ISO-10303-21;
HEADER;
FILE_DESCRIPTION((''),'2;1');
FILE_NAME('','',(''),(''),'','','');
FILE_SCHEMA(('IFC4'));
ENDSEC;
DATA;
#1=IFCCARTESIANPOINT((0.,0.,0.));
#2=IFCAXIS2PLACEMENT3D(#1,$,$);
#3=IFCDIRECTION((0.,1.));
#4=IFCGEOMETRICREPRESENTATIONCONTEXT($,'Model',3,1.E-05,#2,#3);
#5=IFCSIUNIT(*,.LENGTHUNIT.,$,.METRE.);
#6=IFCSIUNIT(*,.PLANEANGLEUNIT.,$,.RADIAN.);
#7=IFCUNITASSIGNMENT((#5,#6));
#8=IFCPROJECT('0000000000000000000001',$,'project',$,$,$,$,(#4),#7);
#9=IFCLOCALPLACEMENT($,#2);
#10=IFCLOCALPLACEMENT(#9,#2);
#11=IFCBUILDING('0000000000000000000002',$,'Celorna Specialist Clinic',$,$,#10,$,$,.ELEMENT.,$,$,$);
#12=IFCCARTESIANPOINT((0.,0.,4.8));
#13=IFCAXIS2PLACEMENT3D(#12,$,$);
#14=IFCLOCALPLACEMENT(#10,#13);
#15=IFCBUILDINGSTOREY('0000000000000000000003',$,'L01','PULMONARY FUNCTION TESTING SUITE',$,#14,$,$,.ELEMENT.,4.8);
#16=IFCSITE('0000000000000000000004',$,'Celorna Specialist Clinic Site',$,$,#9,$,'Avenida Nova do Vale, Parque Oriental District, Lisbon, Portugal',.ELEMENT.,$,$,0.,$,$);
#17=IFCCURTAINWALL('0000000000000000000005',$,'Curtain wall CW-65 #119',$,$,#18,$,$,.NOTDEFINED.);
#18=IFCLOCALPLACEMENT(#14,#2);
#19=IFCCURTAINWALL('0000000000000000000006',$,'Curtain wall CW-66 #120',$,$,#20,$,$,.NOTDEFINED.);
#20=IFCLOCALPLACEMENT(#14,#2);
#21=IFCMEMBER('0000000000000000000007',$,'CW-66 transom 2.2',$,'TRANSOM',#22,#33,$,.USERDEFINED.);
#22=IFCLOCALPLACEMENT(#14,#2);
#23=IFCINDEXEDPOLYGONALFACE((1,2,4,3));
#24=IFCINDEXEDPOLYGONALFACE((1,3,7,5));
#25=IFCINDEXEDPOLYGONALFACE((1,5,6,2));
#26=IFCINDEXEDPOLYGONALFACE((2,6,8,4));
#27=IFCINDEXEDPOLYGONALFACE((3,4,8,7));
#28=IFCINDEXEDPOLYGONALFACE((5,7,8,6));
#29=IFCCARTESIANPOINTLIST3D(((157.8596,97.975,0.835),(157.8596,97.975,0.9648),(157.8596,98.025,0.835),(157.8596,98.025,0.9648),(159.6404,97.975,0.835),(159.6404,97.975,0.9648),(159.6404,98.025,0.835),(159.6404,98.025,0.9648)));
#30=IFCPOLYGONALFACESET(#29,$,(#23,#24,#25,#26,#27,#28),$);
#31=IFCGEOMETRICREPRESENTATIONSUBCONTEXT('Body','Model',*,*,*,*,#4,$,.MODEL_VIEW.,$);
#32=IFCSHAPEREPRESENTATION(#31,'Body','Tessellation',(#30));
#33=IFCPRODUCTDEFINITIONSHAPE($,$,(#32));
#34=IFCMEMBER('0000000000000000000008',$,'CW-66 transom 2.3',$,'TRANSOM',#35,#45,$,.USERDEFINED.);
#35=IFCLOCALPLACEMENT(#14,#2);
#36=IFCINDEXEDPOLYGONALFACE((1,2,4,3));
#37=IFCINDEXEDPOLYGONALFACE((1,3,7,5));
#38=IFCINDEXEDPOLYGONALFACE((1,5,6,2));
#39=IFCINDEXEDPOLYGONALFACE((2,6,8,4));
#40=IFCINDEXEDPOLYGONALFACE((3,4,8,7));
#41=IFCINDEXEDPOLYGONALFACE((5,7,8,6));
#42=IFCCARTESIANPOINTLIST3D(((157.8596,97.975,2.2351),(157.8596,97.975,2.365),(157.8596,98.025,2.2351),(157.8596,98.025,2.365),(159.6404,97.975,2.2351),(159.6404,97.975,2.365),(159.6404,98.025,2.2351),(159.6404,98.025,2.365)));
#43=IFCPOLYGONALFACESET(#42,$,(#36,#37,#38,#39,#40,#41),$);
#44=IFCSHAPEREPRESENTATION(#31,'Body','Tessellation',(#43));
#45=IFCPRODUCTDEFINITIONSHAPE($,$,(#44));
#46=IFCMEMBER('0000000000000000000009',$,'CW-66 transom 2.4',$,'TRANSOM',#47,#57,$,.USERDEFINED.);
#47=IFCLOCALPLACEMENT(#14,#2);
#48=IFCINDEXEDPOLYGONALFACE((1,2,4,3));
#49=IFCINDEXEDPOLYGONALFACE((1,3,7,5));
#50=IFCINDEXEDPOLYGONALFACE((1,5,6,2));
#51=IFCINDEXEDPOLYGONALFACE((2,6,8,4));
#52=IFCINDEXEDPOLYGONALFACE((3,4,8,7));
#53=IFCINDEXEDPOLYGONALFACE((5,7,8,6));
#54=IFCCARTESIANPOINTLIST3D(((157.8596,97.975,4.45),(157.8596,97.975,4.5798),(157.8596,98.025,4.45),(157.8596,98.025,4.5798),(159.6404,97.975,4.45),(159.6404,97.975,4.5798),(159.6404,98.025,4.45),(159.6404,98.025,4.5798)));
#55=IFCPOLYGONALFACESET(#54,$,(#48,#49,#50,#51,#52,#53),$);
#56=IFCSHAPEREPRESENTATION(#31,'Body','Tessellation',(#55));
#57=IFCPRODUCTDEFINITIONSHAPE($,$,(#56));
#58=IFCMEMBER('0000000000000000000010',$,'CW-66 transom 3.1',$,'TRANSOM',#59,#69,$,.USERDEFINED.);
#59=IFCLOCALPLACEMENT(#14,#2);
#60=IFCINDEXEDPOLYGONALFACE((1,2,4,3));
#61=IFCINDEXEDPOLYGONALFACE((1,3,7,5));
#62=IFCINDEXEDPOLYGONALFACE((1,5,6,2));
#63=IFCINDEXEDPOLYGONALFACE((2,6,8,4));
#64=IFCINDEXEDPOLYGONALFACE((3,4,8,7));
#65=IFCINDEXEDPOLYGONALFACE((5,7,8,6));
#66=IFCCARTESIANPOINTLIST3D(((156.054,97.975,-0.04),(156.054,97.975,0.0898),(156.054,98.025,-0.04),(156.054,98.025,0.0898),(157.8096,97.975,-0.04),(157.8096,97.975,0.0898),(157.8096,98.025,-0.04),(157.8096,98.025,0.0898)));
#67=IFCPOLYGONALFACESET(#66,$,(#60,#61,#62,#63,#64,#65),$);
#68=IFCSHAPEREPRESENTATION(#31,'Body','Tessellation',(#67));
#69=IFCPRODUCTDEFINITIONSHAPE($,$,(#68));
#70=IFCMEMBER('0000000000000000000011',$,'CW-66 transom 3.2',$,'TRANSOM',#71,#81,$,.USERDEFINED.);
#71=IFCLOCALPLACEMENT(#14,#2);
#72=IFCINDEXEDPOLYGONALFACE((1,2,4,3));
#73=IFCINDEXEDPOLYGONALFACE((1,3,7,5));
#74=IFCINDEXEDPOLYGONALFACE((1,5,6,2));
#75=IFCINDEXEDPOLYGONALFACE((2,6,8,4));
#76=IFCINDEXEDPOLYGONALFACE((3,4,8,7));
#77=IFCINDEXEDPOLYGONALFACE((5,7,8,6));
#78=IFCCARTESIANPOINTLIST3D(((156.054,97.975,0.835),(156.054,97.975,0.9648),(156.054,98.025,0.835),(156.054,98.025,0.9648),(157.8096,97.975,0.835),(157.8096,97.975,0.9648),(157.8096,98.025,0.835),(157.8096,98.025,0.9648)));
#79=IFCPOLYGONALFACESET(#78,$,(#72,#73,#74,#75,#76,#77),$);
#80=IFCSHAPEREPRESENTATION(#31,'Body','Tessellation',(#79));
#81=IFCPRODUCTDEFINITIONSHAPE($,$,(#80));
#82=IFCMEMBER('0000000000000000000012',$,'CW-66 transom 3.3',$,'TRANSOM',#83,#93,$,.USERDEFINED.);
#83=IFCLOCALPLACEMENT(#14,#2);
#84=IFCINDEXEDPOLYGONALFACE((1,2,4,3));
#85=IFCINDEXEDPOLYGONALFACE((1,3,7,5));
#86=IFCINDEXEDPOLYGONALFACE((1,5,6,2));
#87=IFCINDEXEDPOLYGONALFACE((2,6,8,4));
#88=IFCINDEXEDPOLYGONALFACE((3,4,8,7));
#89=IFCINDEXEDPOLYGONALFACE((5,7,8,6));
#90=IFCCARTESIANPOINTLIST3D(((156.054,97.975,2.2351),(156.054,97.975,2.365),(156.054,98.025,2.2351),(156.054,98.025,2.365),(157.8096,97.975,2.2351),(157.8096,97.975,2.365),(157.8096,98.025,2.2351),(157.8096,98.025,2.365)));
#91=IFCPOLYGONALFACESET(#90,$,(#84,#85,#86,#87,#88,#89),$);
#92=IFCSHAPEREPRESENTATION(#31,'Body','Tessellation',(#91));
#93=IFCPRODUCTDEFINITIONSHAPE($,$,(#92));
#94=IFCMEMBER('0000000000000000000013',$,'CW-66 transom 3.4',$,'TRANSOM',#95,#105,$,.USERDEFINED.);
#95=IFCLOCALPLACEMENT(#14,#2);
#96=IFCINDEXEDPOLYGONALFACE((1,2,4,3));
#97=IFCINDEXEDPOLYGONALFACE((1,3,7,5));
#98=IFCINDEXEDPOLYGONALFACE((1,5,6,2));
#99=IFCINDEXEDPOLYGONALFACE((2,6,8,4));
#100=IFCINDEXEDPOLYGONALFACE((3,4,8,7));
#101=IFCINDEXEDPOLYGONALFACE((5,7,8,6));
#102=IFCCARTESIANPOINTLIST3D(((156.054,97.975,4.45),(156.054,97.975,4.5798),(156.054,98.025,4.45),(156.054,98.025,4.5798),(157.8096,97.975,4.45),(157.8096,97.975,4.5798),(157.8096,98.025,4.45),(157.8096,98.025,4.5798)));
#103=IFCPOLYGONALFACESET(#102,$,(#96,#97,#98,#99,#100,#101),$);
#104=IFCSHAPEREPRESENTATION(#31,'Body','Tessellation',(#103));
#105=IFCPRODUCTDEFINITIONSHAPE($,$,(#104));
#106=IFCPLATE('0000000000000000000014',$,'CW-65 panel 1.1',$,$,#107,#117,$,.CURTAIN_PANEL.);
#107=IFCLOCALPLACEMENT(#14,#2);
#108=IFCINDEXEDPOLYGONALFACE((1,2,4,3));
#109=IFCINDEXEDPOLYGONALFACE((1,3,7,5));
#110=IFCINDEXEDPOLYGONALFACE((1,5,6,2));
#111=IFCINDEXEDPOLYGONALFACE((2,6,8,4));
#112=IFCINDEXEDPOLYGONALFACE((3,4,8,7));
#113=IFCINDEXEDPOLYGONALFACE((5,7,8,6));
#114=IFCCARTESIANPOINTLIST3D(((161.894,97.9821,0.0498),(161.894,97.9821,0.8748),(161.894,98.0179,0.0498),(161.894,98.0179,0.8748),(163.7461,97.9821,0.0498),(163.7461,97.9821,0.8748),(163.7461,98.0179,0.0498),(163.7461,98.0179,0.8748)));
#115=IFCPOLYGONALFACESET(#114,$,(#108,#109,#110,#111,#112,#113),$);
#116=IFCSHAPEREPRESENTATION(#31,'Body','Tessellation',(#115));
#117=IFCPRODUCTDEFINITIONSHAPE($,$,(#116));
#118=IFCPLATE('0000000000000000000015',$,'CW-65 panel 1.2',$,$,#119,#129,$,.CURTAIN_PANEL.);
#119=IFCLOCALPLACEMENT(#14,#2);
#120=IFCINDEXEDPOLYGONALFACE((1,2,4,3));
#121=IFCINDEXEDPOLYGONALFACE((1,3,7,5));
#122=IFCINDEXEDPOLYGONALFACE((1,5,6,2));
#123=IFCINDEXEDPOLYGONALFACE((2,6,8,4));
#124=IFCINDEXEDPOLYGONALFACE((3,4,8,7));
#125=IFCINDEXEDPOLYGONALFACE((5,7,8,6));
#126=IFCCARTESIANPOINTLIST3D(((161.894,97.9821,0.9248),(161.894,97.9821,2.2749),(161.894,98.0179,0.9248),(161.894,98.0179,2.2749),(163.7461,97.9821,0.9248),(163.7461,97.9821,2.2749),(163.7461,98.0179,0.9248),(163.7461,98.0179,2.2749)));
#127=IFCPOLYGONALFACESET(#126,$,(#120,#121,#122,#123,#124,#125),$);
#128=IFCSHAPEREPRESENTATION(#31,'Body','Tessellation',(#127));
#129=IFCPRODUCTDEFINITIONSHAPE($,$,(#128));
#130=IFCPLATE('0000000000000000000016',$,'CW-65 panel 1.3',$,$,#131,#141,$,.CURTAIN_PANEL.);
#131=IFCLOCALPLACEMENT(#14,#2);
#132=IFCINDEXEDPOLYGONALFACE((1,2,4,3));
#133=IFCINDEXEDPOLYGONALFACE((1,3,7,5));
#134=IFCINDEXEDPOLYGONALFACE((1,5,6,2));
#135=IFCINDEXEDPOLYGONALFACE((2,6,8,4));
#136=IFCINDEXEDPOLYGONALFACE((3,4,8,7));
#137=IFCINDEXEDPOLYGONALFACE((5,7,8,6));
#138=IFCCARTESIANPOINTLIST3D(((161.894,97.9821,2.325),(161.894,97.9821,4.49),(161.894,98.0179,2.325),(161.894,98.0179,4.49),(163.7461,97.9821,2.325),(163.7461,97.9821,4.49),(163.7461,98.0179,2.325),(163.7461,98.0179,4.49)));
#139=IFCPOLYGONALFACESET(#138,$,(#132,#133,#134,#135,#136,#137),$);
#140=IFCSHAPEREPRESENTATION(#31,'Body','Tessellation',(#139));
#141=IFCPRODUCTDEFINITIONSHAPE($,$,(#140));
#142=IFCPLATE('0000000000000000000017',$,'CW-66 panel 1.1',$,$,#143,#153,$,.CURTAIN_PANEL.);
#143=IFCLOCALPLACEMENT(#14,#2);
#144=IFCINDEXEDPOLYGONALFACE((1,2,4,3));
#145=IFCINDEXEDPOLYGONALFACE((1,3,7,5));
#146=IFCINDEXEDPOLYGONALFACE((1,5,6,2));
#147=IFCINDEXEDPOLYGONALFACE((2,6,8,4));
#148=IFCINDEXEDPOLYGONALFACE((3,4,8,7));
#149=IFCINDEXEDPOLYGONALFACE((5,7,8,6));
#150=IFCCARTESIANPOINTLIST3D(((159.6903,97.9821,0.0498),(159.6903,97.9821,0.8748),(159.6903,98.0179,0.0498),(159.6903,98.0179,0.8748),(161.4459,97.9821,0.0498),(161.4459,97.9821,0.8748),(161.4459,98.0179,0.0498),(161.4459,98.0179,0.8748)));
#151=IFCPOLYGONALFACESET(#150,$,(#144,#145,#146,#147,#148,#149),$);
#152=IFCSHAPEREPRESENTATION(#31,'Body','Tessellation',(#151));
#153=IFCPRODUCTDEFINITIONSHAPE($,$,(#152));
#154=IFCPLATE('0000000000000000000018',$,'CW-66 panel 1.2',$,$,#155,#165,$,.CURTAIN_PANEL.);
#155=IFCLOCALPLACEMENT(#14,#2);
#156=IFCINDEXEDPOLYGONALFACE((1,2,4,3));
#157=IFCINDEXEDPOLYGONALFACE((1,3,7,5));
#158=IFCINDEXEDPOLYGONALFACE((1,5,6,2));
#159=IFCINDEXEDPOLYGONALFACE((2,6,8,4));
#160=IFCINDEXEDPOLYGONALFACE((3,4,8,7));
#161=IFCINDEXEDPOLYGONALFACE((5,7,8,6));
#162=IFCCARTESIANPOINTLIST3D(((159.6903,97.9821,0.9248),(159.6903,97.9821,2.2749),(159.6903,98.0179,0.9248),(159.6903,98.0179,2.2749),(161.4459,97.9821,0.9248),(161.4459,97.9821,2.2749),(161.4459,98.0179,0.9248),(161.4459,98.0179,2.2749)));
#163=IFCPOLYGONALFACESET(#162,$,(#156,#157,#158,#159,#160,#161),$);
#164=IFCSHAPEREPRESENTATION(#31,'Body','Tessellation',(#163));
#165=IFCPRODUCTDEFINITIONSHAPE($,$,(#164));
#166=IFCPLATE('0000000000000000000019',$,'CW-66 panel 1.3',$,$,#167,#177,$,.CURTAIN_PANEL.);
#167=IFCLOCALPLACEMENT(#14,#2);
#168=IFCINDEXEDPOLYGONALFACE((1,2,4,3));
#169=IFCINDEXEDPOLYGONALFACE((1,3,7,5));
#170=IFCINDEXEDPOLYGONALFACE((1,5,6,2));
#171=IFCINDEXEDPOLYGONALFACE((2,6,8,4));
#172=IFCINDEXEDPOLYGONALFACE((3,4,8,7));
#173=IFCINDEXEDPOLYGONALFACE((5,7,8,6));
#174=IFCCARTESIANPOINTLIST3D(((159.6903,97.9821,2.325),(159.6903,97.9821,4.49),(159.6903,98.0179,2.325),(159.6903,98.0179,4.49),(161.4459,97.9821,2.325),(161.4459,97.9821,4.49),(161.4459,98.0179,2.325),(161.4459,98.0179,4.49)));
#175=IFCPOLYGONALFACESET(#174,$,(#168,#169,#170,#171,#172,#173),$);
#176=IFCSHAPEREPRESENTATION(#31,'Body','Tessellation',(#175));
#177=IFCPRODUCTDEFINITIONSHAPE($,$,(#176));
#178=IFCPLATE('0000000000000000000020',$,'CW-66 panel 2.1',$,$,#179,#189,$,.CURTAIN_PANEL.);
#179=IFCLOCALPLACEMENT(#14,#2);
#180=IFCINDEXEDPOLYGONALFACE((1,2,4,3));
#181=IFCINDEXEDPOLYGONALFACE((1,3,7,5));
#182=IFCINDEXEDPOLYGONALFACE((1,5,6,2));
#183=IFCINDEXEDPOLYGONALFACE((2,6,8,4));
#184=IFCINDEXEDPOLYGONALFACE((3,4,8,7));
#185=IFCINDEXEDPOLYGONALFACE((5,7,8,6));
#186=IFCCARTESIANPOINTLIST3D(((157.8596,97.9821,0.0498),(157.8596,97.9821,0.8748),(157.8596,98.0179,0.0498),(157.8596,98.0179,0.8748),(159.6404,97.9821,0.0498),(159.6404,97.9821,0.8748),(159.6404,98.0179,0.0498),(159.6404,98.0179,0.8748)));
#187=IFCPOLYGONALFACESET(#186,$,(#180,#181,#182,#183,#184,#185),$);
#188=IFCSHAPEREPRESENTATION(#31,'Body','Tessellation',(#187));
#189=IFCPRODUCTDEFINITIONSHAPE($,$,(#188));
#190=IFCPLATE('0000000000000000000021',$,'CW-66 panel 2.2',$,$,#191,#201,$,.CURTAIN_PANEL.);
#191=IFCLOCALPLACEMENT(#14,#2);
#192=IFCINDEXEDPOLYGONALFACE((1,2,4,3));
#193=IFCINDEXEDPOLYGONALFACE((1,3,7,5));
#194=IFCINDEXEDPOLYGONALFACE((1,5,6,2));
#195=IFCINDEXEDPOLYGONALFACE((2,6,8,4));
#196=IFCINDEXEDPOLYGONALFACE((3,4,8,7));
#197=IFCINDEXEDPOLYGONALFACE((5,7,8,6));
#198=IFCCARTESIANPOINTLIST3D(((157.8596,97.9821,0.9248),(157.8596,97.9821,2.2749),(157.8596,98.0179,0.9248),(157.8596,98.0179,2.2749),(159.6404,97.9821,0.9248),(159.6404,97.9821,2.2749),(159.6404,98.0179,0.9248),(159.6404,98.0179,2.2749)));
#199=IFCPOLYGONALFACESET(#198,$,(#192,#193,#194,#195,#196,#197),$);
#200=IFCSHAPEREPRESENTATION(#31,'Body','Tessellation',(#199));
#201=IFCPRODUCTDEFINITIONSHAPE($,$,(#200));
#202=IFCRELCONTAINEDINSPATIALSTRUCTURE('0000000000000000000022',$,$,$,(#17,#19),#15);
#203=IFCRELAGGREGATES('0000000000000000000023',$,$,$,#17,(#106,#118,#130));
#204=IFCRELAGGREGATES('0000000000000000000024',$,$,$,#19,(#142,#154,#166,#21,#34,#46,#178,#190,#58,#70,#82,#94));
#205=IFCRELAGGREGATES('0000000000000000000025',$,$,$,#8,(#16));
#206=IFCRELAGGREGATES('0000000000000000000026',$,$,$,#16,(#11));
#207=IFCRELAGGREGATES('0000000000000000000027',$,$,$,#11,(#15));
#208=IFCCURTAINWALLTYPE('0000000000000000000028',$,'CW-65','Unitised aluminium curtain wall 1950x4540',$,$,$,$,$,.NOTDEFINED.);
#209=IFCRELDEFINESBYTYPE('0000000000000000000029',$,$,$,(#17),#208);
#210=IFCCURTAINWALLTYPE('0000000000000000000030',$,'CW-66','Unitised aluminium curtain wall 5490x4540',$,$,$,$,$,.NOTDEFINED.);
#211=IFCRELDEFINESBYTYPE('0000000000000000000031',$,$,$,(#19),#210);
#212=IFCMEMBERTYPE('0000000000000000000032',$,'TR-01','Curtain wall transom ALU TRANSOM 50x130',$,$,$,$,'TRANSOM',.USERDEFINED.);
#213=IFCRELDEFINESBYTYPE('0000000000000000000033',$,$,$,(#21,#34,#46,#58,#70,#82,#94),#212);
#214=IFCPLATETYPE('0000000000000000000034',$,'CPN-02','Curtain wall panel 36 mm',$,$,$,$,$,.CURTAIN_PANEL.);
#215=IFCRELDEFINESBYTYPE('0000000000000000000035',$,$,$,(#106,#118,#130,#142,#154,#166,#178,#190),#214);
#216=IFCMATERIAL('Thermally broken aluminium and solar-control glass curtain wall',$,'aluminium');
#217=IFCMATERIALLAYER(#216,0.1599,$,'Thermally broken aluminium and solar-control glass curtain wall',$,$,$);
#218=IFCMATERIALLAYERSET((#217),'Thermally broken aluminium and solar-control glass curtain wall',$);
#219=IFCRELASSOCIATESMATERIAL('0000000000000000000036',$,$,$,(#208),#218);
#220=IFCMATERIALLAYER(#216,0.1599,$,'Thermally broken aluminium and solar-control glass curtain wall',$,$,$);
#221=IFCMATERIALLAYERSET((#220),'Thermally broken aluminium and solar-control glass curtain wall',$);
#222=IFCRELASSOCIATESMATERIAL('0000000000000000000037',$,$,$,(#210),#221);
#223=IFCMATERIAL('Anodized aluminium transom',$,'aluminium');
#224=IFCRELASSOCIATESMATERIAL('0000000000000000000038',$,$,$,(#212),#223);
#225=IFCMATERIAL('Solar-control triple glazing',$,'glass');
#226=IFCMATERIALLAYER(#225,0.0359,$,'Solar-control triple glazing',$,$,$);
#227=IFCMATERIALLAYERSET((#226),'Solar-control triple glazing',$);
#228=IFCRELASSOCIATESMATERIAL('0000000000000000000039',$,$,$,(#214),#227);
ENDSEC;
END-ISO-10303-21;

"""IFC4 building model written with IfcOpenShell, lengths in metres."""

from ifc_helpers import new_model, si_unit, direction, frame, origin, origin_2d, place, context, subcontext, project, spatial, rectangle, extrude, material, layer, layer_set, material_profile, profile_set, type_object, element, aggregate, save


model = new_model("IFC4")

# Units and contexts
model_context = context("Model", 3, precision=1e-05, world=origin(), true_north=direction((0.0, 1.0)))
body_context = subcontext(model_context, "Body", "Model", "MODEL_VIEW")
ifc_project = project(units=[si_unit("LENGTHUNIT", "METRE"), si_unit("PLANEANGLEUNIT", "RADIAN")], contexts=[model_context])

# Site, building, storey
site_placement = place(None, origin())
site = spatial("IfcSite", under=ifc_project, at=site_placement, Name="Celorna Specialist Clinic Site", LongName="Avenida Nova do Vale, Parque Oriental District, Lisbon, Portugal", CompositionType="ELEMENT", RefElevation=0.0)
building_placement = place(site_placement, origin())
building = spatial("IfcBuilding", under=site, at=building_placement, Name="Celorna Specialist Clinic", CompositionType="ELEMENT")
storey_placement = place(building_placement, frame((0.0, 0.0, 4.8)))
storey = spatial("IfcBuildingStorey", under=building, at=storey_placement, Name="L01", Description="PULMONARY FUNCTION TESTING SUITE", CompositionType="ELEMENT", Elevation=4.8)

# Curtain walls
ifc_material_1 = material(Name="Thermally broken aluminium and solar-control glass curtain wall", Category="aluminium")
ifc_layer_1 = layer(ifc_material_1, 0.1599, Name="Thermally broken aluminium and solar-control glass curtain wall")
ifc_layer_set_1 = layer_set([ifc_layer_1], Name="Thermally broken aluminium and solar-control glass curtain wall")
curtain_wall_type_1 = type_object("IfcCurtainWallType", Name="CW-65", Description="Unitised aluminium curtain wall 1950x4540", PredefinedType="NOTDEFINED", material=ifc_layer_set_1)
curtain_wall_1_placement = place(storey_placement, origin())
curtain_wall_1 = element("IfcCurtainWall", 1, at=curtain_wall_1_placement, inside=storey, type_object=curtain_wall_type_1, Name="Curtain wall CW-65 #119", PredefinedType="NOTDEFINED")
ifc_layer_2 = layer(ifc_material_1, 0.1599, Name="Thermally broken aluminium and solar-control glass curtain wall")
ifc_layer_set_2 = layer_set([ifc_layer_2], Name="Thermally broken aluminium and solar-control glass curtain wall")
curtain_wall_type_2 = type_object("IfcCurtainWallType", Name="CW-66", Description="Unitised aluminium curtain wall 5490x4540", PredefinedType="NOTDEFINED", material=ifc_layer_set_2)
curtain_wall_2_placement = place(storey_placement, origin())
curtain_wall_2 = element("IfcCurtainWall", 2, at=curtain_wall_2_placement, inside=storey, type_object=curtain_wall_type_2, Name="Curtain wall CW-66 #120", PredefinedType="NOTDEFINED")

# Members
ifc_material_2 = material(Name="Anodized aluminium transom", Category="aluminium")
ifc_material_profile_1 = material_profile(ifc_material_2, rectangle(XDim=0.05, YDim=0.1299, at=origin_2d()), Name="ALU TRANSOM 50x130")
ifc_profile_set_1 = profile_set([ifc_material_profile_1], Name="Anodized aluminium transom")
member_type_1 = type_object("IfcMemberType", Name="TR-01", Description="Curtain wall transom ALU TRANSOM 50x130", ElementType="TRANSOM", PredefinedType="USERDEFINED", material=ifc_profile_set_1)
member_1_placement = place(storey_placement, frame((159.6404, 98.0, 0.8999), z_axis=(-1.0, 0.0, 0.0), x_axis=(0.0, -1.0, 0.0)))
member_1 = element("IfcMember", 3, at=member_1_placement, type_object=member_type_1, Name="CW-66 transom 2.2", ObjectType="TRANSOM", PredefinedType="USERDEFINED", context=body_context, shape_type="SweptSolid", body=[
    extrude(rectangle(XDim=0.05, YDim=0.1299, at=origin_2d()), origin(), (0.0, 0.0, 1.0), 1.7808),
])
member_2_placement = place(storey_placement, frame((159.6404, 98.0, 2.3), z_axis=(-1.0, 0.0, 0.0), x_axis=(0.0, -1.0, 0.0)))
member_2 = element("IfcMember", 4, at=member_2_placement, type_object=member_type_1, Name="CW-66 transom 2.3", ObjectType="TRANSOM", PredefinedType="USERDEFINED", context=body_context, shape_type="SweptSolid", body=[
    extrude(rectangle(XDim=0.05, YDim=0.1299, at=origin_2d()), origin(), (0.0, 0.0, 1.0), 1.7808),
])
member_3_placement = place(storey_placement, frame((159.6404, 98.0, 4.5149), z_axis=(-1.0, 0.0, 0.0), x_axis=(0.0, -1.0, 0.0)))
member_3 = element("IfcMember", 5, at=member_3_placement, type_object=member_type_1, Name="CW-66 transom 2.4", ObjectType="TRANSOM", PredefinedType="USERDEFINED", context=body_context, shape_type="SweptSolid", body=[
    extrude(rectangle(XDim=0.05, YDim=0.1299, at=origin_2d()), origin(), (0.0, 0.0, 1.0), 1.7808),
])
member_4_placement = place(storey_placement, frame((157.8096, 98.0, 0.0249), z_axis=(-1.0, 0.0, 0.0), x_axis=(0.0, -1.0, 0.0)))
member_4 = element("IfcMember", 6, at=member_4_placement, type_object=member_type_1, Name="CW-66 transom 3.1", ObjectType="TRANSOM", PredefinedType="USERDEFINED", context=body_context, shape_type="SweptSolid", body=[
    extrude(rectangle(XDim=0.05, YDim=0.1299, at=origin_2d()), origin(), (0.0, 0.0, 1.0), 1.7556),
])
member_5_placement = place(storey_placement, frame((157.8096, 98.0, 0.8999), z_axis=(-1.0, 0.0, 0.0), x_axis=(0.0, -1.0, 0.0)))
member_5 = element("IfcMember", 7, at=member_5_placement, type_object=member_type_1, Name="CW-66 transom 3.2", ObjectType="TRANSOM", PredefinedType="USERDEFINED", context=body_context, shape_type="SweptSolid", body=[
    extrude(rectangle(XDim=0.05, YDim=0.1299, at=origin_2d()), origin(), (0.0, 0.0, 1.0), 1.7556),
])
member_6_placement = place(storey_placement, frame((157.8096, 98.0, 2.3), z_axis=(-1.0, 0.0, 0.0), x_axis=(0.0, -1.0, 0.0)))
member_6 = element("IfcMember", 8, at=member_6_placement, type_object=member_type_1, Name="CW-66 transom 3.3", ObjectType="TRANSOM", PredefinedType="USERDEFINED", context=body_context, shape_type="SweptSolid", body=[
    extrude(rectangle(XDim=0.05, YDim=0.1299, at=origin_2d()), origin(), (0.0, 0.0, 1.0), 1.7556),
])
member_7_placement = place(storey_placement, frame((157.8096, 98.0, 4.5149), z_axis=(-1.0, 0.0, 0.0), x_axis=(0.0, -1.0, 0.0)))
member_7 = element("IfcMember", 9, at=member_7_placement, type_object=member_type_1, Name="CW-66 transom 3.4", ObjectType="TRANSOM", PredefinedType="USERDEFINED", context=body_context, shape_type="SweptSolid", body=[
    extrude(rectangle(XDim=0.05, YDim=0.1299, at=origin_2d()), origin(), (0.0, 0.0, 1.0), 1.7556),
])

# Plates
ifc_material_3 = material(Name="Solar-control triple glazing", Category="glass")
ifc_layer_3 = layer(ifc_material_3, 0.0359, Name="Solar-control triple glazing")
ifc_layer_set_3 = layer_set([ifc_layer_3], Name="Solar-control triple glazing")
plate_type = type_object("IfcPlateType", Name="CPN-02", Description="Curtain wall panel 36 mm", PredefinedType="CURTAIN_PANEL", material=ifc_layer_set_3)
plate_1_placement = place(storey_placement, frame((162.8201, 98.0, 0.0498), z_axis=(0.0, 0.0, 1.0), x_axis=(-1.0, 0.0, 0.0)))
plate_1 = element("IfcPlate", 10, at=plate_1_placement, type_object=plate_type, Name="CW-65 panel 1.1", PredefinedType="CURTAIN_PANEL", context=body_context, shape_type="SweptSolid", body=[
    extrude(rectangle(XDim=1.8521, YDim=0.0359, at=origin_2d()), origin(), (0.0, 0.0, 1.0), 0.825),
])
plate_2_placement = place(storey_placement, frame((162.8201, 98.0, 0.9248), z_axis=(0.0, 0.0, 1.0), x_axis=(-1.0, 0.0, 0.0)))
plate_2 = element("IfcPlate", 11, at=plate_2_placement, type_object=plate_type, Name="CW-65 panel 1.2", PredefinedType="CURTAIN_PANEL", context=body_context, shape_type="SweptSolid", body=[
    extrude(rectangle(XDim=1.8521, YDim=0.0359, at=origin_2d()), origin(), (0.0, 0.0, 1.0), 1.3501),
])
plate_3_placement = place(storey_placement, frame((162.8201, 98.0, 2.325), z_axis=(0.0, 0.0, 1.0), x_axis=(-1.0, 0.0, 0.0)))
plate_3 = element("IfcPlate", 12, at=plate_3_placement, type_object=plate_type, Name="CW-65 panel 1.3", PredefinedType="CURTAIN_PANEL", context=body_context, shape_type="SweptSolid", body=[
    extrude(rectangle(XDim=1.8521, YDim=0.0359, at=origin_2d()), origin(), (0.0, 0.0, 1.0), 2.165),
])
aggregate(curtain_wall_1, [plate_1, plate_2, plate_3])
plate_4_placement = place(storey_placement, frame((160.5681, 98.0, 0.0498), z_axis=(0.0, 0.0, 1.0), x_axis=(-1.0, 0.0, 0.0)))
plate_4 = element("IfcPlate", 13, at=plate_4_placement, type_object=plate_type, Name="CW-66 panel 1.1", PredefinedType="CURTAIN_PANEL", context=body_context, shape_type="SweptSolid", body=[
    extrude(rectangle(XDim=1.7556, YDim=0.0359, at=origin_2d()), origin(), (0.0, 0.0, 1.0), 0.825),
])
plate_5_placement = place(storey_placement, frame((160.5681, 98.0, 0.9248), z_axis=(0.0, 0.0, 1.0), x_axis=(-1.0, 0.0, 0.0)))
plate_5 = element("IfcPlate", 14, at=plate_5_placement, type_object=plate_type, Name="CW-66 panel 1.2", PredefinedType="CURTAIN_PANEL", context=body_context, shape_type="SweptSolid", body=[
    extrude(rectangle(XDim=1.7556, YDim=0.0359, at=origin_2d()), origin(), (0.0, 0.0, 1.0), 1.3501),
])
plate_6_placement = place(storey_placement, frame((160.5681, 98.0, 2.325), z_axis=(0.0, 0.0, 1.0), x_axis=(-1.0, 0.0, 0.0)))
plate_6 = element("IfcPlate", 15, at=plate_6_placement, type_object=plate_type, Name="CW-66 panel 1.3", PredefinedType="CURTAIN_PANEL", context=body_context, shape_type="SweptSolid", body=[
    extrude(rectangle(XDim=1.7556, YDim=0.0359, at=origin_2d()), origin(), (0.0, 0.0, 1.0), 2.165),
])
plate_7_placement = place(storey_placement, frame((158.75, 98.0, 0.0498), z_axis=(0.0, 0.0, 1.0), x_axis=(-1.0, 0.0, 0.0)))
plate_7 = element("IfcPlate", 16, at=plate_7_placement, type_object=plate_type, Name="CW-66 panel 2.1", PredefinedType="CURTAIN_PANEL", context=body_context, shape_type="SweptSolid", body=[
    extrude(rectangle(XDim=1.7808, YDim=0.0359, at=origin_2d()), origin(), (0.0, 0.0, 1.0), 0.825),
])
plate_8_placement = place(storey_placement, frame((158.75, 98.0, 0.9248), z_axis=(0.0, 0.0, 1.0), x_axis=(-1.0, 0.0, 0.0)))
plate_8 = element("IfcPlate", 17, at=plate_8_placement, type_object=plate_type, Name="CW-66 panel 2.2", PredefinedType="CURTAIN_PANEL", context=body_context, shape_type="SweptSolid", body=[
    extrude(rectangle(XDim=1.7808, YDim=0.0359, at=origin_2d()), origin(), (0.0, 0.0, 1.0), 1.3501),
])
aggregate(curtain_wall_2, [plate_4, plate_5, plate_6, member_1, member_2, member_3, plate_7, plate_8, member_4, member_5, member_6, member_7])

save(model, "model.ifc")
